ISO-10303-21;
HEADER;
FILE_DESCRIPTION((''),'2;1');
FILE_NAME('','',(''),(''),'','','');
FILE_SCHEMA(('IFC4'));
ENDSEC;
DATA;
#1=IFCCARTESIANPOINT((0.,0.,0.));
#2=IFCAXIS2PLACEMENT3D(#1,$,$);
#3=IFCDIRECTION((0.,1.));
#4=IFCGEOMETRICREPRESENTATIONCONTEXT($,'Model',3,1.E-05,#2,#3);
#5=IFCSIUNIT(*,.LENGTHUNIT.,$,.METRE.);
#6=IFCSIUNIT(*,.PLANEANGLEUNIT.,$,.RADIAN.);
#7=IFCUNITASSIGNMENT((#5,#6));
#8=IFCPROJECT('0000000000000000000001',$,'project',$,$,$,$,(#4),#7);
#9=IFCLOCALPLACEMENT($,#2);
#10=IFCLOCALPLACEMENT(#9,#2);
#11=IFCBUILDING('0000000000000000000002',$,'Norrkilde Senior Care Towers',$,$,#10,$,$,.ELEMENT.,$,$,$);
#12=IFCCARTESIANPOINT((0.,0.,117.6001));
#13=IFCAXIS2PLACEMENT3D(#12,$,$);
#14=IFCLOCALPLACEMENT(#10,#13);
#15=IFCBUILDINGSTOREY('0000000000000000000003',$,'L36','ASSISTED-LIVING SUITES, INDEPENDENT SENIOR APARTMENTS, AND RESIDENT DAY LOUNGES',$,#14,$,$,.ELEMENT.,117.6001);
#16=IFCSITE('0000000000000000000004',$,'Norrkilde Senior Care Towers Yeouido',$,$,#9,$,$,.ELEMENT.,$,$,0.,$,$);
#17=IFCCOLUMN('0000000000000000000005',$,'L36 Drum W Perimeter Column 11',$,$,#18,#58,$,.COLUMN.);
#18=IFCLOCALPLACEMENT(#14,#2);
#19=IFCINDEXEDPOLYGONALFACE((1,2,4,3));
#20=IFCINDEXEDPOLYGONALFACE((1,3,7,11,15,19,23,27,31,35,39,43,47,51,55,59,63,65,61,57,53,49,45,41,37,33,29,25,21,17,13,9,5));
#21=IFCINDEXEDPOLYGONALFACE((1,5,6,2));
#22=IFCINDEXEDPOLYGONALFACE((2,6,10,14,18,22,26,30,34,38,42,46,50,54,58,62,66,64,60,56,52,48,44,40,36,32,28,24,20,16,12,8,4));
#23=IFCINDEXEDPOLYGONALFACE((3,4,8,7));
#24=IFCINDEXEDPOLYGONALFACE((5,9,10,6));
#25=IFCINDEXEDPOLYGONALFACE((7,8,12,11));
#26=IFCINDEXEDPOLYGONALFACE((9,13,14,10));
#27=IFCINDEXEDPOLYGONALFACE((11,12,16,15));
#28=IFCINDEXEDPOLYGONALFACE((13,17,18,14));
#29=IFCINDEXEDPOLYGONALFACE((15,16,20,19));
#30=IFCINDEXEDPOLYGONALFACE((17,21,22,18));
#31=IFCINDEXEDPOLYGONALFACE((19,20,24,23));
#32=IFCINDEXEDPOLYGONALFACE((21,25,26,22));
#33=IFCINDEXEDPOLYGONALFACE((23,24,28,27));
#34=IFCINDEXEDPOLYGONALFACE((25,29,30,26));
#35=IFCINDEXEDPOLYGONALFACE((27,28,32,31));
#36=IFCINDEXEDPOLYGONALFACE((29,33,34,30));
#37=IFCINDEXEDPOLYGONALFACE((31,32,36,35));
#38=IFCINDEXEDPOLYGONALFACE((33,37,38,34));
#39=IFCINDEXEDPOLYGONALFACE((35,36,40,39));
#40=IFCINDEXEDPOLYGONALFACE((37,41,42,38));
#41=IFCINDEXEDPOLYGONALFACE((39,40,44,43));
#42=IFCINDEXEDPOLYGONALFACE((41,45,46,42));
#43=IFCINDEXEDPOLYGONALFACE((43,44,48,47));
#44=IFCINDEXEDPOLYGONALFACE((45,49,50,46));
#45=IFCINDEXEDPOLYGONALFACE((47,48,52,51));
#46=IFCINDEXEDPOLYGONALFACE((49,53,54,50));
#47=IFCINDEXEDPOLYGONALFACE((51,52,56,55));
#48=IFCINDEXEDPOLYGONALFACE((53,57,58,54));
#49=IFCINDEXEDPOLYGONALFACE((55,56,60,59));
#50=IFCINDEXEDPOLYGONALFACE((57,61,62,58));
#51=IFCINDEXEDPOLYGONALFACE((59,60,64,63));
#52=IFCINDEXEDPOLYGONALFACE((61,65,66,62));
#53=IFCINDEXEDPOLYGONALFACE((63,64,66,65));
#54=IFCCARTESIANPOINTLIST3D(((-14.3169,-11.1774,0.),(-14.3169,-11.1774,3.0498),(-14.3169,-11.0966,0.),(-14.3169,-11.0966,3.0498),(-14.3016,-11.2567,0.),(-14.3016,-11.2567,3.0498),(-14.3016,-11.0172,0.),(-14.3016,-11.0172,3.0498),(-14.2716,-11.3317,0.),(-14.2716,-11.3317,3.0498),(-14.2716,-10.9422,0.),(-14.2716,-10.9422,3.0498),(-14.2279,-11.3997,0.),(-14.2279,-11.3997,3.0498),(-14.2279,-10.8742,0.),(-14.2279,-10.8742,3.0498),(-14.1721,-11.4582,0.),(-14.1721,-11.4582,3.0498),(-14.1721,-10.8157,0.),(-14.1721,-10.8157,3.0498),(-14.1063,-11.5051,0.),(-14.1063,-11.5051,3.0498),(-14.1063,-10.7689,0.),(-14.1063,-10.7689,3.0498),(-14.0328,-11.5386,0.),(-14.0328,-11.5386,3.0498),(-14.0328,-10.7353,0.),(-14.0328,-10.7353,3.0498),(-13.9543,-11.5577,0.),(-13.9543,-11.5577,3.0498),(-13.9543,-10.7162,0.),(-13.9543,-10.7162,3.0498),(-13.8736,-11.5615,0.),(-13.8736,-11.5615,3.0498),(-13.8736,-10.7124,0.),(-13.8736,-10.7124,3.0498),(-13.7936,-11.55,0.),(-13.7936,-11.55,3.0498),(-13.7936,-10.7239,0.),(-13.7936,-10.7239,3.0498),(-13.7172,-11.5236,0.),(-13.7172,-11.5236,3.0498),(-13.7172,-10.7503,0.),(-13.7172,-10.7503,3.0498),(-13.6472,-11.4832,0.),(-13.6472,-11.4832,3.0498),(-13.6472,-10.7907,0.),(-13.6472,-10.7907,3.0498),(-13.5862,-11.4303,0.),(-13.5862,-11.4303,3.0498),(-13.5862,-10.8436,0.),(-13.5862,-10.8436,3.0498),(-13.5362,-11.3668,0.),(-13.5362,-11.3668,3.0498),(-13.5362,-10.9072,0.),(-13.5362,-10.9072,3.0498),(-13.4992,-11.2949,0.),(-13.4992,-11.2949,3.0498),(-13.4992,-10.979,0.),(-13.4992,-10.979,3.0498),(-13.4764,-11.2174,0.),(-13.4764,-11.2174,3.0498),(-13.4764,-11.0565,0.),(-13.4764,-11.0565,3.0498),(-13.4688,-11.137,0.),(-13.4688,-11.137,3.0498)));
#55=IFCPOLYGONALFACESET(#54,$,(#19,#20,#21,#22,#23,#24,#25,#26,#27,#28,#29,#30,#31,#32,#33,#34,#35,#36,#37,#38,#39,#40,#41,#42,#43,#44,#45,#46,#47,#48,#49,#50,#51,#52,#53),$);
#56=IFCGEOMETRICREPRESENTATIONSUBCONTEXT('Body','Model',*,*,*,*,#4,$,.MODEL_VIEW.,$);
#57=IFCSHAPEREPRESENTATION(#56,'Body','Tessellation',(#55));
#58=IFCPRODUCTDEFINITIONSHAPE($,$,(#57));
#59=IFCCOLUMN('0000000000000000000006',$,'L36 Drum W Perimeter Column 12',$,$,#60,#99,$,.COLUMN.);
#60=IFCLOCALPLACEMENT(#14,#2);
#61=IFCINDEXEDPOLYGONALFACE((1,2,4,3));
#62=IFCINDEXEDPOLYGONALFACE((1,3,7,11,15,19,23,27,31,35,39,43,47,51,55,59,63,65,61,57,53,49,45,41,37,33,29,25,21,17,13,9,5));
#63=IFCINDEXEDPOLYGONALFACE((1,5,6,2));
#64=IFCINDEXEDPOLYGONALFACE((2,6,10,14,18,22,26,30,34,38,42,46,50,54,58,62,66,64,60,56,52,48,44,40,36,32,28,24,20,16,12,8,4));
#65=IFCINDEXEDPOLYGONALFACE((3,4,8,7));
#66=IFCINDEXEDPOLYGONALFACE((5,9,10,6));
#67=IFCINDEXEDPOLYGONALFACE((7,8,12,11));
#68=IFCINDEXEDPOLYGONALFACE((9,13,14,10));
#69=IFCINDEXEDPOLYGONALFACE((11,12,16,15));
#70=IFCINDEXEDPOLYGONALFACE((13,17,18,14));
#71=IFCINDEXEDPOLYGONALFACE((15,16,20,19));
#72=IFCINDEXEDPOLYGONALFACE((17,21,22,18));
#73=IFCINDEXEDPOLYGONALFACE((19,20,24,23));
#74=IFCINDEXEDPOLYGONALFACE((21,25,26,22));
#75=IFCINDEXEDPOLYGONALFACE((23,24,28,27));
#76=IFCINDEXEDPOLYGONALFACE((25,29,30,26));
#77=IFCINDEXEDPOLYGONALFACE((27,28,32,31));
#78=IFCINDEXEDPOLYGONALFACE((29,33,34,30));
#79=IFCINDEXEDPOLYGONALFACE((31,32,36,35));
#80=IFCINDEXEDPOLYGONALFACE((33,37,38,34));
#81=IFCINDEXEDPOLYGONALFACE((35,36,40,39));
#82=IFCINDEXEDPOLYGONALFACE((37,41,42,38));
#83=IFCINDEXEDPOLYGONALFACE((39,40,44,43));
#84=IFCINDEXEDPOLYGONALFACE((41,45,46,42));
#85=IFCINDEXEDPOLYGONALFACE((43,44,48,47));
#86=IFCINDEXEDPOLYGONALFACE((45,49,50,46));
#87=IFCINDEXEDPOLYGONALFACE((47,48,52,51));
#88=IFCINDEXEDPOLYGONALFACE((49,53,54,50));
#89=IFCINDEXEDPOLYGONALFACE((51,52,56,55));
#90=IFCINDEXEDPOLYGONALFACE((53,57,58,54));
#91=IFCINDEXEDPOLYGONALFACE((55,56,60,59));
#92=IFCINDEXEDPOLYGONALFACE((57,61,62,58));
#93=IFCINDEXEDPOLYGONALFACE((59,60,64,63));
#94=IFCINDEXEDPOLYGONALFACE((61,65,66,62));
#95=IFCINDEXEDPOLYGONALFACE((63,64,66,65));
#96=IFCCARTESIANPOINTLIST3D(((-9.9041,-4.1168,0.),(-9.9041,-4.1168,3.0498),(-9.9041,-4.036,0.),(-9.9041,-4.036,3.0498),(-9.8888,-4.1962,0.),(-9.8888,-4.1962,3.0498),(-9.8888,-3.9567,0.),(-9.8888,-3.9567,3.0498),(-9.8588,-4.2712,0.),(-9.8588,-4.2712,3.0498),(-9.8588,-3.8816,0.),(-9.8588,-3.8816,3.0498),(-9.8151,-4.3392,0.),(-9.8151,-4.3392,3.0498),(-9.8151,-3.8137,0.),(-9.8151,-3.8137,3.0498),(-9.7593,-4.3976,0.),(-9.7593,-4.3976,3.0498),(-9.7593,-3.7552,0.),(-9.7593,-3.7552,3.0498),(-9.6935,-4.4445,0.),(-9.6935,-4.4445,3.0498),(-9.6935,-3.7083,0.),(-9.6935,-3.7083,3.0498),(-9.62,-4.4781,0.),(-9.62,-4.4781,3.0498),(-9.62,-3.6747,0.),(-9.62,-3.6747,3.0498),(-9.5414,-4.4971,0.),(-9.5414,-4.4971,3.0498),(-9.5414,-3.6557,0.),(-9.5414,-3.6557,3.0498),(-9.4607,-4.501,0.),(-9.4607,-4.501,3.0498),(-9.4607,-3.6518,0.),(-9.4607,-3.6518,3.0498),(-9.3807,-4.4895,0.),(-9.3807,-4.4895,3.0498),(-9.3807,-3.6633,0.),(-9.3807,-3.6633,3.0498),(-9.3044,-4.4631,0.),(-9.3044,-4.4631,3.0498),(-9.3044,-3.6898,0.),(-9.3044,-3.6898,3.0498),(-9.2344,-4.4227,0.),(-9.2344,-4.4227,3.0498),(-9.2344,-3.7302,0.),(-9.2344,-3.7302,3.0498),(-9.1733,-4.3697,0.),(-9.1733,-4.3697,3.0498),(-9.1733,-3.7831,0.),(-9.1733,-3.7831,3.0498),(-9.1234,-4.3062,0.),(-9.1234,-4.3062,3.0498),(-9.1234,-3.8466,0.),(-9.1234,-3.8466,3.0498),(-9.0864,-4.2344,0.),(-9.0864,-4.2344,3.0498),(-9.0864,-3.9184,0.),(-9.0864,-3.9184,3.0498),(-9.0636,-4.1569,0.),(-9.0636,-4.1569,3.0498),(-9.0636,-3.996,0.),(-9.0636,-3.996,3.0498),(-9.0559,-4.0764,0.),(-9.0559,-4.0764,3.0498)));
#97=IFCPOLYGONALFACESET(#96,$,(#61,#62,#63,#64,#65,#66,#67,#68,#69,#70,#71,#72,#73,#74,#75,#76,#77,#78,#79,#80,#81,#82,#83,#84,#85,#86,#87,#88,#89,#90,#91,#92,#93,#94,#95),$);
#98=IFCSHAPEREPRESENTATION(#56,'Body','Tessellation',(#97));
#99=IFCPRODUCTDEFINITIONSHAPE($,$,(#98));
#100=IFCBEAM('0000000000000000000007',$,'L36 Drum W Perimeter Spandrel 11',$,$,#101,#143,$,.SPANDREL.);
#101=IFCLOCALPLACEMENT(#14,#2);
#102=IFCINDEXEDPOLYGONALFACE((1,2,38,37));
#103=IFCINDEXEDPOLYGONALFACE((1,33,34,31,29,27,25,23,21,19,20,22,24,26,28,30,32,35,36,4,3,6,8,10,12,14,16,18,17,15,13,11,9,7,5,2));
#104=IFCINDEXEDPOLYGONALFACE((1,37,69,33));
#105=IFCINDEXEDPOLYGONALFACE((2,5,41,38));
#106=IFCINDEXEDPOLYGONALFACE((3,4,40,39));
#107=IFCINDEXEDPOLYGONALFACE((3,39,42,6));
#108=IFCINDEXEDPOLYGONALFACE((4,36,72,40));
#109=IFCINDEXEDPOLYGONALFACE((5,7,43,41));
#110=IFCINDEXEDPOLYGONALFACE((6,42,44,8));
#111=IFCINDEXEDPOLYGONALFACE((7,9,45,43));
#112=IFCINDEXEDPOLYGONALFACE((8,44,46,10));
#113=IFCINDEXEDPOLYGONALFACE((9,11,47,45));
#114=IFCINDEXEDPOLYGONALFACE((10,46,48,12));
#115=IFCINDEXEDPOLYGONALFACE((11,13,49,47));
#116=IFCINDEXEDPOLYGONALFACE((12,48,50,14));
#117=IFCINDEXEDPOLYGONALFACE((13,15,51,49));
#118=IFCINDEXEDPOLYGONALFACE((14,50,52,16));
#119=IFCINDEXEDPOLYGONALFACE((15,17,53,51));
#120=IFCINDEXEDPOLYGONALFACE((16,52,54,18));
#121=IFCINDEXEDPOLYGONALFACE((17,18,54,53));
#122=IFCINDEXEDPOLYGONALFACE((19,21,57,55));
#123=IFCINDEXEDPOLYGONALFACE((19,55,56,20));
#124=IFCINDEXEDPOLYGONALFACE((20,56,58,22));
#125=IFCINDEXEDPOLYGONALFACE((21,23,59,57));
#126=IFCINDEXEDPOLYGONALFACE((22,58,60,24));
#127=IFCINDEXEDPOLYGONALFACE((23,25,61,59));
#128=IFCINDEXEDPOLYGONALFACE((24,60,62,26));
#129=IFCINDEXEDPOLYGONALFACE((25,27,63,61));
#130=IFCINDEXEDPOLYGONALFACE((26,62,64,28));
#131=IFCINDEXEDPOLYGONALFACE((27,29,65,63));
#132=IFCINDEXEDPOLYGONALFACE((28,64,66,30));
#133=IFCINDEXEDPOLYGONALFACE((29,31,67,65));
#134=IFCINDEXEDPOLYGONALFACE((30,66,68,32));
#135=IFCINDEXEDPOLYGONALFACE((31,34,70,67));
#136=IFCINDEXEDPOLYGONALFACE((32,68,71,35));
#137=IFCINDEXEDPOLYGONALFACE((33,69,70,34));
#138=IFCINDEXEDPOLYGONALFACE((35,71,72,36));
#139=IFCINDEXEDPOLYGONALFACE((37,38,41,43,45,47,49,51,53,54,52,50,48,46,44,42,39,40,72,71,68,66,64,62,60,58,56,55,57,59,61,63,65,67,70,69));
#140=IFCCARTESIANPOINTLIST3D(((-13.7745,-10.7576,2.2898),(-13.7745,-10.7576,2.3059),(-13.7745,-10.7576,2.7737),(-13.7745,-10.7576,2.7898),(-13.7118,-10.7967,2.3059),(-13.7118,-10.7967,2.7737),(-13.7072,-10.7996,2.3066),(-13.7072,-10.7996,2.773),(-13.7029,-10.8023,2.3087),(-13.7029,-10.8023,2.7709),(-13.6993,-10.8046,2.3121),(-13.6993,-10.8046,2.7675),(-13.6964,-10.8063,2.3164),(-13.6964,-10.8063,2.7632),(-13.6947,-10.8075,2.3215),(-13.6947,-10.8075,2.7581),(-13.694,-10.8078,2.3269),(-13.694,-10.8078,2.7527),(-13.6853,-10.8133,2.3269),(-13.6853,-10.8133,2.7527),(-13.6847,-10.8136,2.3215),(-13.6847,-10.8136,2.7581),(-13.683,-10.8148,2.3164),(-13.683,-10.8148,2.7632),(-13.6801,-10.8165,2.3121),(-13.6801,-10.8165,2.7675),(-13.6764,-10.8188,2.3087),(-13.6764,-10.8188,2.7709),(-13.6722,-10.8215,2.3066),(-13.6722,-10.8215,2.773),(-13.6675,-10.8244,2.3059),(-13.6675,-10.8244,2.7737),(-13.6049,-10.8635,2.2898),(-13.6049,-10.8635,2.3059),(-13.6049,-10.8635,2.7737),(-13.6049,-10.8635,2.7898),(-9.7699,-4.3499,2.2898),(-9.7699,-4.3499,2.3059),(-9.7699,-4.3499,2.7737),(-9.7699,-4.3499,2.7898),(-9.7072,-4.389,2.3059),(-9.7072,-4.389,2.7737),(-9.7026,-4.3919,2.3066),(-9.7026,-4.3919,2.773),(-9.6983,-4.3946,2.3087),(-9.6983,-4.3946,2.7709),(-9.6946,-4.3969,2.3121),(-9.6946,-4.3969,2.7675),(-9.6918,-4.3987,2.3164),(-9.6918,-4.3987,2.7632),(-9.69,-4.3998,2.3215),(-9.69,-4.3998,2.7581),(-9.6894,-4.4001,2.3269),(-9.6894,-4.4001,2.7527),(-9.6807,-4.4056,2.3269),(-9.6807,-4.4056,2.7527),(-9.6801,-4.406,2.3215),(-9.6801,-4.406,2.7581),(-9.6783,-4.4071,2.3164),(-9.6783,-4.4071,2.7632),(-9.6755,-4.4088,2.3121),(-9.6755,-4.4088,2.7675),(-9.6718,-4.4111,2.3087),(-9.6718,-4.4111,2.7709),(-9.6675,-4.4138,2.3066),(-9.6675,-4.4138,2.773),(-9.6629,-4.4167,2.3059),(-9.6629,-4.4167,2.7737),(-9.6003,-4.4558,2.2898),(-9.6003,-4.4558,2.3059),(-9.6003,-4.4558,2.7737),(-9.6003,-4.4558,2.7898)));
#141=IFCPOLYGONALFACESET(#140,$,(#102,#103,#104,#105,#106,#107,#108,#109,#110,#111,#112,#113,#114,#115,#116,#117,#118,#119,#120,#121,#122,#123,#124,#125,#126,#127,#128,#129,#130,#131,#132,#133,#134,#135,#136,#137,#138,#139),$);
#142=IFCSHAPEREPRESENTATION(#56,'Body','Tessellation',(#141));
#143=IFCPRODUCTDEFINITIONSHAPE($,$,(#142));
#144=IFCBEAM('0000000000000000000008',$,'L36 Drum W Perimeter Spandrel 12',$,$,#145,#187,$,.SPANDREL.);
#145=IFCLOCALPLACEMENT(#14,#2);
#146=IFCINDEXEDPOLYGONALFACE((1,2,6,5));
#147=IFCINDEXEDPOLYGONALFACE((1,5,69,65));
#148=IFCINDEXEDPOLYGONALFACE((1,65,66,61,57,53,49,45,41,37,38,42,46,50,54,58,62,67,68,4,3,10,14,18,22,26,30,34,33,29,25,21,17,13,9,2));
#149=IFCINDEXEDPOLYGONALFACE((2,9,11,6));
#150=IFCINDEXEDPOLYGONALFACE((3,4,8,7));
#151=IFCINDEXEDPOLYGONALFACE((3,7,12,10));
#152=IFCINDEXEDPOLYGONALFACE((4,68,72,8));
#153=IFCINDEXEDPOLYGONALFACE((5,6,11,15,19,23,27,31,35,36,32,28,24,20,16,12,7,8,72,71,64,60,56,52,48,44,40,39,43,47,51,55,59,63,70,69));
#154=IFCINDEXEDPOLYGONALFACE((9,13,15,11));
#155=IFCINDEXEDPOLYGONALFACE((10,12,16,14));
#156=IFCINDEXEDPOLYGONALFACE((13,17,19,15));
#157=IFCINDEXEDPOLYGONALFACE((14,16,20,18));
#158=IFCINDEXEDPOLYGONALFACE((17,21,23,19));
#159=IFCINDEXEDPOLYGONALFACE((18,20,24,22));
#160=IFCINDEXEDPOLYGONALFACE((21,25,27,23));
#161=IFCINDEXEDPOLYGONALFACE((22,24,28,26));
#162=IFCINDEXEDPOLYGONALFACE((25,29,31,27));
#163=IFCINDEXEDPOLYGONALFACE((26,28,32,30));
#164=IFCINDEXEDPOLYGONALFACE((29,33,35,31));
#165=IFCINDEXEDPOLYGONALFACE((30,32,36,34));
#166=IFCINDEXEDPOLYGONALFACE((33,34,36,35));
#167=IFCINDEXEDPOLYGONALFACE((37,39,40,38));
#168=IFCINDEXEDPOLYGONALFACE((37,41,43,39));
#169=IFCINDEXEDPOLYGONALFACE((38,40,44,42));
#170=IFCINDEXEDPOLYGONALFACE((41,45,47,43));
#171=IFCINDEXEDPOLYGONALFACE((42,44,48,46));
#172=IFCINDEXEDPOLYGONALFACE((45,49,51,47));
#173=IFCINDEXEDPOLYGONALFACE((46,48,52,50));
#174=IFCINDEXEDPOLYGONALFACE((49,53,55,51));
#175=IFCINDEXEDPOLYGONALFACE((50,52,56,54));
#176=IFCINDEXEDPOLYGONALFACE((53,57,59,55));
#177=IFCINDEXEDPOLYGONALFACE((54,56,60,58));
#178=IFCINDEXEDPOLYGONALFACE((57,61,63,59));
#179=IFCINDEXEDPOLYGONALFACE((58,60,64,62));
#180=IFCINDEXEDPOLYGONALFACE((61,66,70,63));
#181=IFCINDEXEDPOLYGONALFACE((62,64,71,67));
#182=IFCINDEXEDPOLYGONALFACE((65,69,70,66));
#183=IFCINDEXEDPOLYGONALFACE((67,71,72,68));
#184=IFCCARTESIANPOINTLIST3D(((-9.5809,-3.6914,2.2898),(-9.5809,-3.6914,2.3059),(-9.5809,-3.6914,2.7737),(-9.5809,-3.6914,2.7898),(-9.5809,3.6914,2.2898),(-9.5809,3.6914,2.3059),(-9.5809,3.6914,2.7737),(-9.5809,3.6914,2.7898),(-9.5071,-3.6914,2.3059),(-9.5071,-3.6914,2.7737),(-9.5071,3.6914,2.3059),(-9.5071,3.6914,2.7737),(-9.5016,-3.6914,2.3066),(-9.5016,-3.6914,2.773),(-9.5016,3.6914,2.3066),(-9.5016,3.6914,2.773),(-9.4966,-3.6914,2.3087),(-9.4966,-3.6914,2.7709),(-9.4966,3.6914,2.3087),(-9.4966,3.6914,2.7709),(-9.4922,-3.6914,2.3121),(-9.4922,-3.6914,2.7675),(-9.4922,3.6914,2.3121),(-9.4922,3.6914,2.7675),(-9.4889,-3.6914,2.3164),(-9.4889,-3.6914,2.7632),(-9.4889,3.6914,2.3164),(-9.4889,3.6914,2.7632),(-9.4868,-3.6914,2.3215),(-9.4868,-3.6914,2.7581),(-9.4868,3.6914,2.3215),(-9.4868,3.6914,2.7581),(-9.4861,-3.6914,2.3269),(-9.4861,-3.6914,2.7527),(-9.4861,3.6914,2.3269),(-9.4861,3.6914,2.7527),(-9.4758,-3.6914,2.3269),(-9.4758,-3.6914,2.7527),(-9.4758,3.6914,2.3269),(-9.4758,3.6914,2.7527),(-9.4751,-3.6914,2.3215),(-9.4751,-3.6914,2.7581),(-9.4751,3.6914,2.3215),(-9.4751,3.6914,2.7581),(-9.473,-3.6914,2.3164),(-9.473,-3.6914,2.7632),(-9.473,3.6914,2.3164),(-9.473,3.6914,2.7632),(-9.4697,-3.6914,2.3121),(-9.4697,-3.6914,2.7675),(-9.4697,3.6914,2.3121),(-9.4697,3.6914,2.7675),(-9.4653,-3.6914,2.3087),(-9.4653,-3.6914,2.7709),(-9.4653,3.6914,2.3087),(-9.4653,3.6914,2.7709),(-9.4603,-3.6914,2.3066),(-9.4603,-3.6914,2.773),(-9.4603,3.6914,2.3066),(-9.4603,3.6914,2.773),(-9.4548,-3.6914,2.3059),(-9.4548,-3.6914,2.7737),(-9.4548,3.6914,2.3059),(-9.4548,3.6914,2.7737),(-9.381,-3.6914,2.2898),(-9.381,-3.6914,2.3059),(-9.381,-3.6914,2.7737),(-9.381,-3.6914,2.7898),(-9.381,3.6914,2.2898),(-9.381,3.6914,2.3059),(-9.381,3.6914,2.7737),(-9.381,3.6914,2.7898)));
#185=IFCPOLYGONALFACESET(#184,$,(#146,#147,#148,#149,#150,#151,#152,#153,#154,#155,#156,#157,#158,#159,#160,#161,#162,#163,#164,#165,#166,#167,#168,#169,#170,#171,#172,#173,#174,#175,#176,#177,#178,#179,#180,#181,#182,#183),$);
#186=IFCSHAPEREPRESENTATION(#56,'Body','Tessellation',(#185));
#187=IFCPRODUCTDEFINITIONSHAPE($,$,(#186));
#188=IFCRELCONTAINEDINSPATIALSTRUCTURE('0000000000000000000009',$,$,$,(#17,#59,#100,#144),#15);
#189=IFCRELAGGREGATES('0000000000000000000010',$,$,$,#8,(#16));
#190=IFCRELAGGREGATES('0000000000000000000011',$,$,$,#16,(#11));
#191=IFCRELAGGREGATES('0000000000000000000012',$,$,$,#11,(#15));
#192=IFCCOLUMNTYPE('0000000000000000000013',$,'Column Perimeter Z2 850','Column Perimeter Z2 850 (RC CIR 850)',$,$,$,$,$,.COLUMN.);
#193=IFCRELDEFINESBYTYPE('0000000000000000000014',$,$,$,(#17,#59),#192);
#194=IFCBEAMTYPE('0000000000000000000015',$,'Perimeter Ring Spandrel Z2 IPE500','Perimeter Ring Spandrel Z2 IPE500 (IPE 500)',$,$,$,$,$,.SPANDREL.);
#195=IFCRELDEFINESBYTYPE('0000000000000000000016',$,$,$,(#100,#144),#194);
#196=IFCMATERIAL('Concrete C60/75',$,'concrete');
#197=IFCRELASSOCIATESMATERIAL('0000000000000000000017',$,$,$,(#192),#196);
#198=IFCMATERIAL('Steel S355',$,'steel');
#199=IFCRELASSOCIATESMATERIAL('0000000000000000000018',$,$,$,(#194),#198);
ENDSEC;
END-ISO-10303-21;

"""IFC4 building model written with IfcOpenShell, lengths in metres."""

from ifc_helpers import new_model, si_unit, direction, frame, origin, origin_2d, place, context, subcontext, project, spatial, circle, i_section, extrude, source, transform, mapped, material, material_profile, profile_set, type_object, type_shapes, element, save


model = new_model("IFC4")

# Units and contexts
model_context = context("Model", 3, precision=1e-05, world=origin(), true_north=direction((0.0, 1.0)))
body_context = subcontext(model_context, "Body", "Model", "MODEL_VIEW")
ifc_project = project(units=[si_unit("LENGTHUNIT", "METRE"), si_unit("PLANEANGLEUNIT", "RADIAN")], contexts=[model_context])

# Site, building, storey
site_placement = place(None, origin())
site = spatial("IfcSite", under=ifc_project, at=site_placement, Name="Norrkilde Senior Care Towers Yeouido", CompositionType="ELEMENT", RefElevation=0.0)
building_placement = place(site_placement, origin())
building = spatial("IfcBuilding", under=site, at=building_placement, Name="Norrkilde Senior Care Towers", CompositionType="ELEMENT")
storey_placement = place(building_placement, frame((0.0, 0.0, 117.6001)))
storey = spatial("IfcBuildingStorey", under=building, at=storey_placement, Name="L36", Description="ASSISTED-LIVING SUITES, INDEPENDENT SENIOR APARTMENTS, AND RESIDENT DAY LOUNGES", CompositionType="ELEMENT", Elevation=117.6001)

# Columns
ifc_material_1 = material(Name="Concrete C60/75", Category="concrete")
ifc_material_profile_1 = material_profile(ifc_material_1, circle(Radius=0.425, at=origin_2d()), Name="RC CIR 850")
ifc_profile_set_1 = profile_set([ifc_material_profile_1], Name="Concrete C60/75")
column_type = type_object("IfcColumnType", Name="Column Perimeter Z2 850", Description="Column Perimeter Z2 850 (RC CIR 850)", PredefinedType="COLUMN", material=ifc_profile_set_1)
shared_shape_1 = source(origin(), body_context, "Body", "SweptSolid", [
    extrude(circle(Radius=0.425, at=origin_2d()), origin(), (0.0, 0.0, 1.0), 3.0498),
])
type_shapes(column_type, [shared_shape_1])
for number, where, z_axis, x_axis, name in (
    (1, (-13.8938, -11.137, 0.0), (0.0, 0.0, 1.0), (1.0, 0.0, 0.0), "L36 Drum W Perimeter Column 11"),
    (2, (-9.481, -4.0764, 0.0), (0.0, 0.0, 1.0), (1.0, 0.0, 0.0), "L36 Drum W Perimeter Column 12"),
):
    element("IfcColumn", number, at=place(storey_placement, frame(where, z_axis=z_axis, x_axis=x_axis)), inside=storey, type_object=column_type, Name=name, PredefinedType="COLUMN", context=body_context, shape_type="MappedRepresentation", body=[
        mapped(shared_shape_1, transform((0.0, 0.0, 0.0), x_axis=(1.0, 0.0, 0.0), y_axis=(0.0, 1.0, 0.0), z_axis=(0.0, 0.0, 1.0), scale=1.0)),
    ])

# Beams
ifc_material_2 = material(Name="Steel S355", Category="steel")
ifc_material_profile_2 = material_profile(ifc_material_2, i_section(OverallWidth=0.2, OverallDepth=0.5, WebThickness=0.0103, FlangeThickness=0.0161, FilletRadius=0.021, at=origin_2d()), Name="IPE 500")
ifc_profile_set_2 = profile_set([ifc_material_profile_2], Name="Steel S355")
beam_type_1 = type_object("IfcBeamType", Name="Perimeter Ring Spandrel Z2 IPE500", Description="Perimeter Ring Spandrel Z2 IPE500 (IPE 500)", PredefinedType="SPANDREL", material=ifc_profile_set_2)
shared_shape_2 = source(origin(), body_context, "Body", "SweptSolid", [
    extrude(i_section(OverallWidth=0.2, OverallDepth=0.5, WebThickness=0.0103, FlangeThickness=0.0161, FilletRadius=0.021, at=origin_2d()), origin(), (0.0, 0.0, 1.0), 7.5562),
])
beam_1_placement = place(storey_placement, frame((-13.6897, -10.8105, 2.5398), z_axis=(0.529982, 0.848009, 0.0), x_axis=(-0.848009, 0.529982, 0.0)))
element("IfcBeam", 3, at=beam_1_placement, inside=storey, type_object=beam_type_1, Name="L36 Drum W Perimeter Spandrel 11", PredefinedType="SPANDREL", context=body_context, shape_type="MappedRepresentation", body=[
    mapped(shared_shape_2, transform((0.0, 0.0, 0.0), x_axis=(1.0, 0.0, 0.0), y_axis=(0.0, 1.0, 0.0), z_axis=(0.0, 0.0, 1.0), scale=1.0)),
])
shared_shape_3 = source(origin(), body_context, "Body", "SweptSolid", [
    extrude(i_section(OverallWidth=0.2, OverallDepth=0.5, WebThickness=0.0103, FlangeThickness=0.0161, FilletRadius=0.021, at=origin_2d()), origin(), (0.0, 0.0, 1.0), 7.3828),
])
type_shapes(beam_type_1, [shared_shape_2, shared_shape_3])
beam_2_placement = place(storey_placement, frame((-9.481, -3.6914, 2.5398), z_axis=(0.0, 1.0, 0.0), x_axis=(-1.0, 0.0, 0.0)))
element("IfcBeam", 4, at=beam_2_placement, inside=storey, type_object=beam_type_1, Name="L36 Drum W Perimeter Spandrel 12", PredefinedType="SPANDREL", context=body_context, shape_type="MappedRepresentation", body=[
    mapped(shared_shape_3, transform((0.0, 0.0, 0.0), x_axis=(1.0, 0.0, 0.0), y_axis=(0.0, 1.0, 0.0), z_axis=(0.0, 0.0, 1.0), scale=1.0)),
])

save(model, "model.ifc")
